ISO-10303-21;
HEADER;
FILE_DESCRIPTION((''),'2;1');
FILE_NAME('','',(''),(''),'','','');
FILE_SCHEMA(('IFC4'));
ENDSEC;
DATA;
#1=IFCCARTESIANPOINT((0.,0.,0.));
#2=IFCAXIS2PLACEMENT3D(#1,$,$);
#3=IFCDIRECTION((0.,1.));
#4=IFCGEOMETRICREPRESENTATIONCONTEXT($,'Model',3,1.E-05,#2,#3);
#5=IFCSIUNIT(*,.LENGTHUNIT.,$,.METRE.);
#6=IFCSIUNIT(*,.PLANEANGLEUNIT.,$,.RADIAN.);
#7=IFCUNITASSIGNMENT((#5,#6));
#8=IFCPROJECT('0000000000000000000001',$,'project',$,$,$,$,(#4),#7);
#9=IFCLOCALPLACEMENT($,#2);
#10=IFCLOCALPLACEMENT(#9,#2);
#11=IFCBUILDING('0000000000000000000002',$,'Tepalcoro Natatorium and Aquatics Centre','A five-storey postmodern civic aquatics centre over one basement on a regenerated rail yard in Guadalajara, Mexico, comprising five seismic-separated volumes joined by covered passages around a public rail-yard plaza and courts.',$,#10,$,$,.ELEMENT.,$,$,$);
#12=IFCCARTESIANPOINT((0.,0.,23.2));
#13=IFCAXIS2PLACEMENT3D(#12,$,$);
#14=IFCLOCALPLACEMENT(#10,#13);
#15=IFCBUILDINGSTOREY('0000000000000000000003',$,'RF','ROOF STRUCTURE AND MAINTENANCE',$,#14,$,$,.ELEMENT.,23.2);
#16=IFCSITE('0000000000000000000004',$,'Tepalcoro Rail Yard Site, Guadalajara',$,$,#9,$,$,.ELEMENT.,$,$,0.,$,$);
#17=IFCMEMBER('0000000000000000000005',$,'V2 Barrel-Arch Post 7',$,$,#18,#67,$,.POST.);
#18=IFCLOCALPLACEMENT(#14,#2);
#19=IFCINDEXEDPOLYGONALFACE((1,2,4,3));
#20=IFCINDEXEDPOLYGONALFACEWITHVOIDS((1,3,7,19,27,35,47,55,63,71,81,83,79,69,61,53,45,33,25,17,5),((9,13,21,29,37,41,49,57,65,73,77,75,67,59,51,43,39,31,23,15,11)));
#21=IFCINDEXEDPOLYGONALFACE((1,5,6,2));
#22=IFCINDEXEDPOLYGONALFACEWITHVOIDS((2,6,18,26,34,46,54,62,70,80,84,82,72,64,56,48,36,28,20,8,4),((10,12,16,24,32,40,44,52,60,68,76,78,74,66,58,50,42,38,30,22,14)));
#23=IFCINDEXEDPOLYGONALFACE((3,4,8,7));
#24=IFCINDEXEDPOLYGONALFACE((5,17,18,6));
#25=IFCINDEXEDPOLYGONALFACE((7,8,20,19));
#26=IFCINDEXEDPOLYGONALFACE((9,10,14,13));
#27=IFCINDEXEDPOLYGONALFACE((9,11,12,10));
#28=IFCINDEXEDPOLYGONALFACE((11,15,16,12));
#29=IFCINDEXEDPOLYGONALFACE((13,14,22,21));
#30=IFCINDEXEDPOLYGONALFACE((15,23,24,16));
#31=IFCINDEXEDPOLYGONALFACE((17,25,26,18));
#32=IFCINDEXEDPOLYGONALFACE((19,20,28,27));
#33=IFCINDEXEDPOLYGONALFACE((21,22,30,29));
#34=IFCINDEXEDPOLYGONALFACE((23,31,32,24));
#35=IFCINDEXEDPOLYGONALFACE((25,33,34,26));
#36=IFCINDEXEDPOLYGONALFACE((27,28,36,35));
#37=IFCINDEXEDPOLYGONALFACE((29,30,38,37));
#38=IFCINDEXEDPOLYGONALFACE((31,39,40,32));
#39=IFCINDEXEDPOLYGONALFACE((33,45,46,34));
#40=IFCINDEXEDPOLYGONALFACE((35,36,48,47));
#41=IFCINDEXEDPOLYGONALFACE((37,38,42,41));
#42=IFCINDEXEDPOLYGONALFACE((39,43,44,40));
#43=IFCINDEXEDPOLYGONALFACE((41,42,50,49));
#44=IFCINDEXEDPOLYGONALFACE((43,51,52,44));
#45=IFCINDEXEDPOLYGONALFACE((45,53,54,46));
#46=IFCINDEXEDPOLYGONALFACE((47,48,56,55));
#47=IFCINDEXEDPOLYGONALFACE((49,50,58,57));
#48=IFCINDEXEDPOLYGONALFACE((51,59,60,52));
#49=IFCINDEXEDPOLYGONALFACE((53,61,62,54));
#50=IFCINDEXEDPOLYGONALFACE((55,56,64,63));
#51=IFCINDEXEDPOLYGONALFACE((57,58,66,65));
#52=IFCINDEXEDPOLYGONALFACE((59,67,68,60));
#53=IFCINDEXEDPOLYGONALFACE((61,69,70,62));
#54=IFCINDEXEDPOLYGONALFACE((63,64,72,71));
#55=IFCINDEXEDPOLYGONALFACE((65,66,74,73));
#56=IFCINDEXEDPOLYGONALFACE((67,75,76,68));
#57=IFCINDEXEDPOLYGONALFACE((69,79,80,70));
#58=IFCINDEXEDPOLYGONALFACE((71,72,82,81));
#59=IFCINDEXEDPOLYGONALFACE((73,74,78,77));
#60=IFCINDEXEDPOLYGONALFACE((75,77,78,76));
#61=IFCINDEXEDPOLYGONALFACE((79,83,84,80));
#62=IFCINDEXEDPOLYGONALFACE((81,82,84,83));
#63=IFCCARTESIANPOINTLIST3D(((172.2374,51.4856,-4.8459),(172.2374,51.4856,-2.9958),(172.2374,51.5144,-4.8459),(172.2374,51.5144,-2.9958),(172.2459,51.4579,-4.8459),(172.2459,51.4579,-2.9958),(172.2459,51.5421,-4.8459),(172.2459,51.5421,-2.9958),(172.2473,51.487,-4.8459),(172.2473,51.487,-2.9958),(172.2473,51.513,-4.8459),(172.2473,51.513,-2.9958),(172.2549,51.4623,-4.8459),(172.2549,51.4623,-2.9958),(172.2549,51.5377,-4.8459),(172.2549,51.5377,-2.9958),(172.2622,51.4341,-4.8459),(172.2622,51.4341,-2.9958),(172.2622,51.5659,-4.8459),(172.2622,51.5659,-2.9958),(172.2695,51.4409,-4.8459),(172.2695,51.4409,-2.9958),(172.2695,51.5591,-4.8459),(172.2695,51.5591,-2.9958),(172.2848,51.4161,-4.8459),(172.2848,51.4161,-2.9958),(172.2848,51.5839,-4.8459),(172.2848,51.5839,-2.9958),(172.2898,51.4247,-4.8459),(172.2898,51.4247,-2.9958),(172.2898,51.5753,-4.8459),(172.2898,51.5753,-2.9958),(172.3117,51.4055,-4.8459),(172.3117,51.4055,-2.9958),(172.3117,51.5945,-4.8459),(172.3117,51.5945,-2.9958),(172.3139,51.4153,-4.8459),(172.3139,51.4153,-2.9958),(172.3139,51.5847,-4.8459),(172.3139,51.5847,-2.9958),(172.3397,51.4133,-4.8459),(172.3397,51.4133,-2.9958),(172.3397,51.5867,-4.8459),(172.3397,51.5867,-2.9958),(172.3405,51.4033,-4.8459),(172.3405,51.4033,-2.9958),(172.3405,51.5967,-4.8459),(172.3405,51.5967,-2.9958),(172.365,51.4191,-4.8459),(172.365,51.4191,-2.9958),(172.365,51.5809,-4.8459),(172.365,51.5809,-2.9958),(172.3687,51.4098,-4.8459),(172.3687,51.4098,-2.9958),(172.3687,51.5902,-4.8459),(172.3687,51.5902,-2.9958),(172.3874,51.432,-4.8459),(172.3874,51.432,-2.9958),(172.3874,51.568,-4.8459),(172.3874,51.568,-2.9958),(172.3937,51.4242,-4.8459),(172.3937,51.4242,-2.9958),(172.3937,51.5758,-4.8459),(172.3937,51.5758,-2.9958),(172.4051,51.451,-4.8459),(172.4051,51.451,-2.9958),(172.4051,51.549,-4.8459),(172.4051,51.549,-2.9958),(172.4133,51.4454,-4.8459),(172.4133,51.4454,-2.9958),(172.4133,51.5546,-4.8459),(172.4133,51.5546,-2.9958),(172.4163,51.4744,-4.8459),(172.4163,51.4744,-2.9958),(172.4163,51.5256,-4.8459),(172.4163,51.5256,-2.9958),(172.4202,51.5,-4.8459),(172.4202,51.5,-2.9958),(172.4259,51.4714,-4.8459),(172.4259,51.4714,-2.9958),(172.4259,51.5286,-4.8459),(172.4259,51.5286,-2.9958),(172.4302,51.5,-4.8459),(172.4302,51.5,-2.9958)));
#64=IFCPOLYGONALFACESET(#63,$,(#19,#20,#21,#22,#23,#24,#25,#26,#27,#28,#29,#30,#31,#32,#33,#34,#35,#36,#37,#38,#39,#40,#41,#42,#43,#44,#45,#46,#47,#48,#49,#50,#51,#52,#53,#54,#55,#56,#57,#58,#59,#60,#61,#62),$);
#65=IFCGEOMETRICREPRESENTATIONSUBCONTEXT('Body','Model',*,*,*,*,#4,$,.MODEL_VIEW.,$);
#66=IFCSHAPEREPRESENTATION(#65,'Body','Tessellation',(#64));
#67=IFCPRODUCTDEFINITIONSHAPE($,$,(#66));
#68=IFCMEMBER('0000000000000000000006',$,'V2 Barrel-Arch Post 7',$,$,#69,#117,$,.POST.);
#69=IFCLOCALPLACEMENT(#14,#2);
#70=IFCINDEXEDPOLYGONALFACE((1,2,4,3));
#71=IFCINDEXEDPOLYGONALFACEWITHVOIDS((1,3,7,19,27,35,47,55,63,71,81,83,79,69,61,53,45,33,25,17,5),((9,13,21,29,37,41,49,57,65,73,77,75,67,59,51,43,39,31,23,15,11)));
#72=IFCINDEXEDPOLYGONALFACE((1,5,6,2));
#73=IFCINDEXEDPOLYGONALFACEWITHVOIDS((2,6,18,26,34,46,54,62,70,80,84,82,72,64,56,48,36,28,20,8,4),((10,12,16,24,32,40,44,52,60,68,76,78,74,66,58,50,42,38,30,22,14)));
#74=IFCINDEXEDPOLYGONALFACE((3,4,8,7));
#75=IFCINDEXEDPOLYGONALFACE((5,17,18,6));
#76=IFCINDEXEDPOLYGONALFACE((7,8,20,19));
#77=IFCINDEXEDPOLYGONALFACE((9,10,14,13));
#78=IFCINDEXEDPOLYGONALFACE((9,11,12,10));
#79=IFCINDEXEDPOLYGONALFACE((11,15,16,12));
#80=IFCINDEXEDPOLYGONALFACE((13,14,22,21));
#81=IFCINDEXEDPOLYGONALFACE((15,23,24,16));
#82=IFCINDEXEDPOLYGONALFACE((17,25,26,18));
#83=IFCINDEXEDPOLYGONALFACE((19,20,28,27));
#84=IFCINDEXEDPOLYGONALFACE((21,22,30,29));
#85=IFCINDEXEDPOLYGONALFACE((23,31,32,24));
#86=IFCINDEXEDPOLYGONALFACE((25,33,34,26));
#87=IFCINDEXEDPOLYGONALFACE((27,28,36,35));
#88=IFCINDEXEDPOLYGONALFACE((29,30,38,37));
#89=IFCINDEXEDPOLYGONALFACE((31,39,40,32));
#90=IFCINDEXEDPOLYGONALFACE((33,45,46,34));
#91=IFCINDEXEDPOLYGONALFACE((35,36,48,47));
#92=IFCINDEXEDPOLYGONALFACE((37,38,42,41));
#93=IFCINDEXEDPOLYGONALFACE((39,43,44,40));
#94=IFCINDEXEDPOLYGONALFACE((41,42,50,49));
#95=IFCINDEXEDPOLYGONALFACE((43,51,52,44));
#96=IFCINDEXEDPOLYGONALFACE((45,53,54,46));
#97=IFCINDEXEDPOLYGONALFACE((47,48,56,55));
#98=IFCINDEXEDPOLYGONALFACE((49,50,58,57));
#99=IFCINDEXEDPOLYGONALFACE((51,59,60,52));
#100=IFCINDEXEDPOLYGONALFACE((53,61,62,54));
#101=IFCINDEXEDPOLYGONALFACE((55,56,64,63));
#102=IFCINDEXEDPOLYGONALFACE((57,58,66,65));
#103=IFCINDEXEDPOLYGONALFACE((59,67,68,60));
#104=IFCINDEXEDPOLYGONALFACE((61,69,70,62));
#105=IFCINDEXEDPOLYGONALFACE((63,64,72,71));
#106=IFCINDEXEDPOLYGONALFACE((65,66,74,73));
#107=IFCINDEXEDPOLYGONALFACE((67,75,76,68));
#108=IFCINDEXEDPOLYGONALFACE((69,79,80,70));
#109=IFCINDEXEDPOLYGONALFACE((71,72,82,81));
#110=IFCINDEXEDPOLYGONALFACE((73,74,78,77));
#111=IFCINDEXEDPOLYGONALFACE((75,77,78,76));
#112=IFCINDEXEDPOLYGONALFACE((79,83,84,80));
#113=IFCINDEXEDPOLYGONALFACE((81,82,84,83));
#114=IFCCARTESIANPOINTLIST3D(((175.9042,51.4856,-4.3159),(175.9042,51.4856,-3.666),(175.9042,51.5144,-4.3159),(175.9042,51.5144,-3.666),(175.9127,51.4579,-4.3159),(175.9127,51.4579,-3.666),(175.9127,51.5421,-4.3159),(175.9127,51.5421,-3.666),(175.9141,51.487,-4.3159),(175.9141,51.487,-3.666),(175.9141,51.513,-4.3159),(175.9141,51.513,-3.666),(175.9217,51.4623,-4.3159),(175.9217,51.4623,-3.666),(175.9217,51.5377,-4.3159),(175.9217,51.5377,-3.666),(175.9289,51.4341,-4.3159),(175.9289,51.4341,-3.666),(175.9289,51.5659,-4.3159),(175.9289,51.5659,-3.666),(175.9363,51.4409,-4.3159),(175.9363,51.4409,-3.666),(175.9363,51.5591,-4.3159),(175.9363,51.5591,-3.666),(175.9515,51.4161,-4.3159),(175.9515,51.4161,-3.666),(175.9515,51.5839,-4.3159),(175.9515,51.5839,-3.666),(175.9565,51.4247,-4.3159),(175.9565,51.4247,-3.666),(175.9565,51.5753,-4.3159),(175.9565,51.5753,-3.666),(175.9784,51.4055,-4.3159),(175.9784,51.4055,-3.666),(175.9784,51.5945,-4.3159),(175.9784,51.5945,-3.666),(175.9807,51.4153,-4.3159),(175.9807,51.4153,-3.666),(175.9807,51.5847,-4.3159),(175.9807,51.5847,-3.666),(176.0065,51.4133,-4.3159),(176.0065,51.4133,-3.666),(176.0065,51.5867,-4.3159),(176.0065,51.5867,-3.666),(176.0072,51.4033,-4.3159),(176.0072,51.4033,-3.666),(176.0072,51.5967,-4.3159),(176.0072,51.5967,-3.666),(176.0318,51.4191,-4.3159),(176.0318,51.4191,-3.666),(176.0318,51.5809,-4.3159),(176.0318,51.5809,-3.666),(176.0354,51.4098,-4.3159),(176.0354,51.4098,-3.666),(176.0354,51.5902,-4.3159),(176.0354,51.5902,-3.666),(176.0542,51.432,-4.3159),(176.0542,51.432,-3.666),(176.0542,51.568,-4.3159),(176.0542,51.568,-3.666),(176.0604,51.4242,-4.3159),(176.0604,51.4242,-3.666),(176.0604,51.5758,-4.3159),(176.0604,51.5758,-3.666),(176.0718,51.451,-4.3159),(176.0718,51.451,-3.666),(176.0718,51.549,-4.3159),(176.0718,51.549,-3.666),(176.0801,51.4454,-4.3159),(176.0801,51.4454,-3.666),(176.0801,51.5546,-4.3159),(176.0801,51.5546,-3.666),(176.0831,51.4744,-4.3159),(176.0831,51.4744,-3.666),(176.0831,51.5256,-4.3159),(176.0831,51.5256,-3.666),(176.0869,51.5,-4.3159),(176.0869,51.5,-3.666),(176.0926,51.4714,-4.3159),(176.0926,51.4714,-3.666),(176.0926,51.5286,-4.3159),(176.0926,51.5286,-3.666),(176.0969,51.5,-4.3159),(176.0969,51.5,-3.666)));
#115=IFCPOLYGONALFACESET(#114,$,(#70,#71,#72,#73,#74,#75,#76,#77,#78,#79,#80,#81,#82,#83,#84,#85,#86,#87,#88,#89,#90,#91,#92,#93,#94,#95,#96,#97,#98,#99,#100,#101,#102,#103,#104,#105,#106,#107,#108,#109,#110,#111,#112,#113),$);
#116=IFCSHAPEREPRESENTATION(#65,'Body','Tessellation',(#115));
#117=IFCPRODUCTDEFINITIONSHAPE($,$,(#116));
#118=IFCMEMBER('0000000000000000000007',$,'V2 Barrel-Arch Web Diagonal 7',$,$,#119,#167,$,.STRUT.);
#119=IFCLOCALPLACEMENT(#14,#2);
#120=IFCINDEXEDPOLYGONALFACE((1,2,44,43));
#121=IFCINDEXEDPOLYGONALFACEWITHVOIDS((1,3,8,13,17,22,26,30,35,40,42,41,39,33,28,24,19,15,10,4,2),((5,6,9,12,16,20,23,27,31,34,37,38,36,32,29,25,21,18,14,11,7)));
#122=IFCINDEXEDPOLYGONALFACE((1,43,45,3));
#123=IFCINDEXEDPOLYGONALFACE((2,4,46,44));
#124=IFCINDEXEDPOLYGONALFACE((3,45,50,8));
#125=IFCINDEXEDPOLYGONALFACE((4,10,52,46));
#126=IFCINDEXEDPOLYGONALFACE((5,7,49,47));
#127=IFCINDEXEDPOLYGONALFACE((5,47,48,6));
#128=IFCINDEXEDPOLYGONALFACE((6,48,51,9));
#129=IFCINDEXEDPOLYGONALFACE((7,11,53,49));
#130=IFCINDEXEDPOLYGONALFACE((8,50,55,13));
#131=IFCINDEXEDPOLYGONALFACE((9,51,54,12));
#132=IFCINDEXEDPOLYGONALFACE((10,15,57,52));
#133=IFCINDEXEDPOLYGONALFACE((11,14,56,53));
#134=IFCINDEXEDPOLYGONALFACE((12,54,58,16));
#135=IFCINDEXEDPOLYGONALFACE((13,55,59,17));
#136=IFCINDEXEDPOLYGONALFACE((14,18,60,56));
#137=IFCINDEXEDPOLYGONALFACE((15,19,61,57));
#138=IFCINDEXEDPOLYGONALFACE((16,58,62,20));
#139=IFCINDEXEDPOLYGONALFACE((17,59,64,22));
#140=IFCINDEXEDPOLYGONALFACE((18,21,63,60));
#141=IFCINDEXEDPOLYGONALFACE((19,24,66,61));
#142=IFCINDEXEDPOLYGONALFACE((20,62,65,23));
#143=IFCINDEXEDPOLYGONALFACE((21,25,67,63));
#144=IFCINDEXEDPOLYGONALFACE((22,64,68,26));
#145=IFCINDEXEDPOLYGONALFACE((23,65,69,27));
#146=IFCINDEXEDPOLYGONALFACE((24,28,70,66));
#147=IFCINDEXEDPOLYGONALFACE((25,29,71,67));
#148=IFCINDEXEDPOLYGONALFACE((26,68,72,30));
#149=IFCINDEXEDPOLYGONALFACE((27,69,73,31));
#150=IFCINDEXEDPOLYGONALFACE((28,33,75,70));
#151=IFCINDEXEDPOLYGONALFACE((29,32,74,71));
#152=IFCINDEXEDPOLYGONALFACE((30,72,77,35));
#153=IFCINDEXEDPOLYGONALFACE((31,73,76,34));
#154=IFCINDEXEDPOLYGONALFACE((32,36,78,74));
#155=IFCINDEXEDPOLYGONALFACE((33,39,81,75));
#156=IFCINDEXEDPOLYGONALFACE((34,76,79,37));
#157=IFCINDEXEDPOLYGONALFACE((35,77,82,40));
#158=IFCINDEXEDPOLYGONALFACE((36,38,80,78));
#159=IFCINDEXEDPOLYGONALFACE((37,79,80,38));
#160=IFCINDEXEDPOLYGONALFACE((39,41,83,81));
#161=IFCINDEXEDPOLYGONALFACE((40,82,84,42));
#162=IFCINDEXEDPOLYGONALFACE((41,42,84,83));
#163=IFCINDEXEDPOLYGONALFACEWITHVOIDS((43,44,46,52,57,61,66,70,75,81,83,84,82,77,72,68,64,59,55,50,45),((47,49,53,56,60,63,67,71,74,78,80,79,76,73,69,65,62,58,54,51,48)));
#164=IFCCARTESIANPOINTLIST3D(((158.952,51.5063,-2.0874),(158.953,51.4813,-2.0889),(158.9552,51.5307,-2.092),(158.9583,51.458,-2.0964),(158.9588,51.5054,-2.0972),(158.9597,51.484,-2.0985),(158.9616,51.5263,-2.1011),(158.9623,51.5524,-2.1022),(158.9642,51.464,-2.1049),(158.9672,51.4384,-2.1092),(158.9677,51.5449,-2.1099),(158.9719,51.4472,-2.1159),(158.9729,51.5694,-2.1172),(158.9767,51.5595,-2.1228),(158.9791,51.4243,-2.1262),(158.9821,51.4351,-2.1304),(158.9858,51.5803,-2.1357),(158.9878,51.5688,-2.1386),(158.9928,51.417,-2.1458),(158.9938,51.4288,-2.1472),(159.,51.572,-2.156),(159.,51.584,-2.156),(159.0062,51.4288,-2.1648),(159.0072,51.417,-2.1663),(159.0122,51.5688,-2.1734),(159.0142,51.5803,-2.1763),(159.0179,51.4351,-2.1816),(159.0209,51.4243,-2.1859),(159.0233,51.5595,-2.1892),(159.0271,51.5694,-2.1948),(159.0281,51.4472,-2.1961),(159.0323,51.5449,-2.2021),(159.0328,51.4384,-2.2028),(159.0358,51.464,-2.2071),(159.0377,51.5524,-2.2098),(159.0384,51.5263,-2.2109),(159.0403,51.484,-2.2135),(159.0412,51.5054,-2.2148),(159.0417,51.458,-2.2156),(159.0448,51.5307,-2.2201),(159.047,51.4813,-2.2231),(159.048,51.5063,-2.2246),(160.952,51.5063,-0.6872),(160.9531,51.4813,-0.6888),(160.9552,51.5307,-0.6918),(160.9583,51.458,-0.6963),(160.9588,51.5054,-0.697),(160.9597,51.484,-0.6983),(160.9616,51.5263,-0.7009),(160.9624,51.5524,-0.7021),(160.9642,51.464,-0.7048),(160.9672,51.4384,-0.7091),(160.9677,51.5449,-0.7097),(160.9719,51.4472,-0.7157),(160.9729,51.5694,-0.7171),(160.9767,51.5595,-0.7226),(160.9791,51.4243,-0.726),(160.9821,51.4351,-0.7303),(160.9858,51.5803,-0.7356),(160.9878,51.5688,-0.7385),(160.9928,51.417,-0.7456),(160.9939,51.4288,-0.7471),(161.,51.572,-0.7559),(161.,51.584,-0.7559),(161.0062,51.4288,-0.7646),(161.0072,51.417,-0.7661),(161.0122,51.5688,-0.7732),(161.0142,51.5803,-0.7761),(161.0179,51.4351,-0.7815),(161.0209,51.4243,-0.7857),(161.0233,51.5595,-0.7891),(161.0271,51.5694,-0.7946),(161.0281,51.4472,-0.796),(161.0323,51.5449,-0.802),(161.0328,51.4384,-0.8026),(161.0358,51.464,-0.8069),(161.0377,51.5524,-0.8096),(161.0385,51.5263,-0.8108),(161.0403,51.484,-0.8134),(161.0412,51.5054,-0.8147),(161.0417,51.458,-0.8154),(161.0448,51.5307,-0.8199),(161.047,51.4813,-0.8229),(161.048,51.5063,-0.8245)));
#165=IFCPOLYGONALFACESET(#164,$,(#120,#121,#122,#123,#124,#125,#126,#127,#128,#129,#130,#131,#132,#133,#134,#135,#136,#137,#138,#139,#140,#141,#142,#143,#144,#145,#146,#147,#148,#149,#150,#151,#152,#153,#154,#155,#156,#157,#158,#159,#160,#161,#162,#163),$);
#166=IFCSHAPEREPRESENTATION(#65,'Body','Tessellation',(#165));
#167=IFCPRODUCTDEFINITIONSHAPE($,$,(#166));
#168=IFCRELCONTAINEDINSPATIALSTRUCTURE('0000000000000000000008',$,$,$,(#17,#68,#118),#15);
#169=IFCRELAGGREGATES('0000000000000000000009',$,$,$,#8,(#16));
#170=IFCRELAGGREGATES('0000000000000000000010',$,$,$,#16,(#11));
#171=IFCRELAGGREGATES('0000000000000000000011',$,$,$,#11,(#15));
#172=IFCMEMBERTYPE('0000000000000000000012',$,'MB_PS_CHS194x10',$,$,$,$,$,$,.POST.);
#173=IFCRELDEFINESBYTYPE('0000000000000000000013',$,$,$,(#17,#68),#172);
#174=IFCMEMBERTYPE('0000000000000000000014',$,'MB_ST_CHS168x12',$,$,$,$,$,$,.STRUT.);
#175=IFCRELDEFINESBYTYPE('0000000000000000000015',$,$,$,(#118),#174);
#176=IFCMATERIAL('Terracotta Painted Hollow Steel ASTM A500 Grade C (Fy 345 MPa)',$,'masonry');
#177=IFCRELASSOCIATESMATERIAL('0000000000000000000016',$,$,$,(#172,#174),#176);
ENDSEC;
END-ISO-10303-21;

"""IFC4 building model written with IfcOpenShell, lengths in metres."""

from ifc_helpers import new_model, si_unit, direction, frame, origin, origin_2d, place, context, subcontext, project, spatial, hollow_circle, extrude, material, material_profile, profile_set, type_object, element, save


model = new_model("IFC4")

# Units and contexts
model_context = context("Model", 3, precision=1e-05, world=origin(), true_north=direction((0.0, 1.0)))
body_context = subcontext(model_context, "Body", "Model", "MODEL_VIEW")
ifc_project = project(units=[si_unit("LENGTHUNIT", "METRE"), si_unit("PLANEANGLEUNIT", "RADIAN")], contexts=[model_context])

# Site, building, storey
site_placement = place(None, origin())
site = spatial("IfcSite", under=ifc_project, at=site_placement, Name="Tepalcoro Rail Yard Site, Guadalajara", CompositionType="ELEMENT", RefElevation=0.0)
building_placement = place(site_placement, origin())
building = spatial("IfcBuilding", under=site, at=building_placement, Name="Tepalcoro Natatorium and Aquatics Centre", Description="A five-storey postmodern civic aquatics centre over one basement on a regenerated rail yard in Guadalajara, Mexico, comprising five seismic-separated volumes joined by covered passages around a public rail-yard plaza and courts.", CompositionType="ELEMENT")
storey_placement = place(building_placement, frame((0.0, 0.0, 23.2)))
storey = spatial("IfcBuildingStorey", under=building, at=storey_placement, Name="RF", Description="ROOF STRUCTURE AND MAINTENANCE", CompositionType="ELEMENT", Elevation=23.2)

# Shared definitions
ifc_material_1 = material(Name="Terracotta Painted Hollow Steel ASTM A500 Grade C (Fy 345 MPa)", Category="masonry")

# Members
ifc_material_profile_1 = material_profile(ifc_material_1, hollow_circle(Radius=0.0969, WallThickness=0.01, at=origin_2d()), Name="CHS194X10")
ifc_profile_set_1 = profile_set([ifc_material_profile_1], Name="Terracotta Painted Hollow Steel ASTM A500 Grade C (Fy 345 MPa)")
member_type_1 = type_object("IfcMemberType", Name="MB_PS_CHS194x10", PredefinedType="POST", material=ifc_profile_set_1)
for number, where, z_axis, x_axis, name in (
    (1, (172.3333, 51.5, -4.8459), (0.0, 0.0, 1.0), (1.0, 0.0, 0.0), "V2 Barrel-Arch Post 7"),
):
    element("IfcMember", number, at=place(storey_placement, frame(where, z_axis=z_axis, x_axis=x_axis)), inside=storey, type_object=member_type_1, Name=name, PredefinedType="POST", context=body_context, shape_type="SweptSolid", body=[
        extrude(hollow_circle(Radius=0.0969, WallThickness=0.01, at=origin_2d()), origin(), (0.0, 0.0, 1.0), 1.8501),
    ])
member_1_placement = place(storey_placement, frame((176.0, 51.5, -4.3159), z_axis=(0.0, 0.0, 1.0), x_axis=(1.0, 0.0, 0.0)))
element("IfcMember", 2, at=member_1_placement, inside=storey, type_object=member_type_1, Name="V2 Barrel-Arch Post 7", PredefinedType="POST", context=body_context, shape_type="SweptSolid", body=[
    extrude(hollow_circle(Radius=0.0969, WallThickness=0.01, at=origin_2d()), origin(), (0.0, 0.0, 1.0), 0.6499),
])
ifc_material_profile_2 = material_profile(ifc_material_1, hollow_circle(Radius=0.084, WallThickness=0.012, at=origin_2d()), Name="CHS168X12")
ifc_profile_set_2 = profile_set([ifc_material_profile_2], Name="Terracotta Painted Hollow Steel ASTM A500 Grade C (Fy 345 MPa)")
member_type_2 = type_object("IfcMemberType", Name="MB_ST_CHS168x12", PredefinedType="STRUT", material=ifc_profile_set_2)
member_2_placement = place(storey_placement, frame((159.0, 51.5, -2.156), z_axis=(0.819204, 0.0, 0.573503), x_axis=(0.0, 1.0, 0.0)))
element("IfcMember", 3, at=member_2_placement, inside=storey, type_object=member_type_2, Name="V2 Barrel-Arch Web Diagonal 7", PredefinedType="STRUT", context=body_context, shape_type="SweptSolid", body=[
    extrude(hollow_circle(Radius=0.084, WallThickness=0.012, at=origin_2d()), origin(), (0.0, 0.0, 1.0), 2.4414),
])

save(model, "model.ifc")
